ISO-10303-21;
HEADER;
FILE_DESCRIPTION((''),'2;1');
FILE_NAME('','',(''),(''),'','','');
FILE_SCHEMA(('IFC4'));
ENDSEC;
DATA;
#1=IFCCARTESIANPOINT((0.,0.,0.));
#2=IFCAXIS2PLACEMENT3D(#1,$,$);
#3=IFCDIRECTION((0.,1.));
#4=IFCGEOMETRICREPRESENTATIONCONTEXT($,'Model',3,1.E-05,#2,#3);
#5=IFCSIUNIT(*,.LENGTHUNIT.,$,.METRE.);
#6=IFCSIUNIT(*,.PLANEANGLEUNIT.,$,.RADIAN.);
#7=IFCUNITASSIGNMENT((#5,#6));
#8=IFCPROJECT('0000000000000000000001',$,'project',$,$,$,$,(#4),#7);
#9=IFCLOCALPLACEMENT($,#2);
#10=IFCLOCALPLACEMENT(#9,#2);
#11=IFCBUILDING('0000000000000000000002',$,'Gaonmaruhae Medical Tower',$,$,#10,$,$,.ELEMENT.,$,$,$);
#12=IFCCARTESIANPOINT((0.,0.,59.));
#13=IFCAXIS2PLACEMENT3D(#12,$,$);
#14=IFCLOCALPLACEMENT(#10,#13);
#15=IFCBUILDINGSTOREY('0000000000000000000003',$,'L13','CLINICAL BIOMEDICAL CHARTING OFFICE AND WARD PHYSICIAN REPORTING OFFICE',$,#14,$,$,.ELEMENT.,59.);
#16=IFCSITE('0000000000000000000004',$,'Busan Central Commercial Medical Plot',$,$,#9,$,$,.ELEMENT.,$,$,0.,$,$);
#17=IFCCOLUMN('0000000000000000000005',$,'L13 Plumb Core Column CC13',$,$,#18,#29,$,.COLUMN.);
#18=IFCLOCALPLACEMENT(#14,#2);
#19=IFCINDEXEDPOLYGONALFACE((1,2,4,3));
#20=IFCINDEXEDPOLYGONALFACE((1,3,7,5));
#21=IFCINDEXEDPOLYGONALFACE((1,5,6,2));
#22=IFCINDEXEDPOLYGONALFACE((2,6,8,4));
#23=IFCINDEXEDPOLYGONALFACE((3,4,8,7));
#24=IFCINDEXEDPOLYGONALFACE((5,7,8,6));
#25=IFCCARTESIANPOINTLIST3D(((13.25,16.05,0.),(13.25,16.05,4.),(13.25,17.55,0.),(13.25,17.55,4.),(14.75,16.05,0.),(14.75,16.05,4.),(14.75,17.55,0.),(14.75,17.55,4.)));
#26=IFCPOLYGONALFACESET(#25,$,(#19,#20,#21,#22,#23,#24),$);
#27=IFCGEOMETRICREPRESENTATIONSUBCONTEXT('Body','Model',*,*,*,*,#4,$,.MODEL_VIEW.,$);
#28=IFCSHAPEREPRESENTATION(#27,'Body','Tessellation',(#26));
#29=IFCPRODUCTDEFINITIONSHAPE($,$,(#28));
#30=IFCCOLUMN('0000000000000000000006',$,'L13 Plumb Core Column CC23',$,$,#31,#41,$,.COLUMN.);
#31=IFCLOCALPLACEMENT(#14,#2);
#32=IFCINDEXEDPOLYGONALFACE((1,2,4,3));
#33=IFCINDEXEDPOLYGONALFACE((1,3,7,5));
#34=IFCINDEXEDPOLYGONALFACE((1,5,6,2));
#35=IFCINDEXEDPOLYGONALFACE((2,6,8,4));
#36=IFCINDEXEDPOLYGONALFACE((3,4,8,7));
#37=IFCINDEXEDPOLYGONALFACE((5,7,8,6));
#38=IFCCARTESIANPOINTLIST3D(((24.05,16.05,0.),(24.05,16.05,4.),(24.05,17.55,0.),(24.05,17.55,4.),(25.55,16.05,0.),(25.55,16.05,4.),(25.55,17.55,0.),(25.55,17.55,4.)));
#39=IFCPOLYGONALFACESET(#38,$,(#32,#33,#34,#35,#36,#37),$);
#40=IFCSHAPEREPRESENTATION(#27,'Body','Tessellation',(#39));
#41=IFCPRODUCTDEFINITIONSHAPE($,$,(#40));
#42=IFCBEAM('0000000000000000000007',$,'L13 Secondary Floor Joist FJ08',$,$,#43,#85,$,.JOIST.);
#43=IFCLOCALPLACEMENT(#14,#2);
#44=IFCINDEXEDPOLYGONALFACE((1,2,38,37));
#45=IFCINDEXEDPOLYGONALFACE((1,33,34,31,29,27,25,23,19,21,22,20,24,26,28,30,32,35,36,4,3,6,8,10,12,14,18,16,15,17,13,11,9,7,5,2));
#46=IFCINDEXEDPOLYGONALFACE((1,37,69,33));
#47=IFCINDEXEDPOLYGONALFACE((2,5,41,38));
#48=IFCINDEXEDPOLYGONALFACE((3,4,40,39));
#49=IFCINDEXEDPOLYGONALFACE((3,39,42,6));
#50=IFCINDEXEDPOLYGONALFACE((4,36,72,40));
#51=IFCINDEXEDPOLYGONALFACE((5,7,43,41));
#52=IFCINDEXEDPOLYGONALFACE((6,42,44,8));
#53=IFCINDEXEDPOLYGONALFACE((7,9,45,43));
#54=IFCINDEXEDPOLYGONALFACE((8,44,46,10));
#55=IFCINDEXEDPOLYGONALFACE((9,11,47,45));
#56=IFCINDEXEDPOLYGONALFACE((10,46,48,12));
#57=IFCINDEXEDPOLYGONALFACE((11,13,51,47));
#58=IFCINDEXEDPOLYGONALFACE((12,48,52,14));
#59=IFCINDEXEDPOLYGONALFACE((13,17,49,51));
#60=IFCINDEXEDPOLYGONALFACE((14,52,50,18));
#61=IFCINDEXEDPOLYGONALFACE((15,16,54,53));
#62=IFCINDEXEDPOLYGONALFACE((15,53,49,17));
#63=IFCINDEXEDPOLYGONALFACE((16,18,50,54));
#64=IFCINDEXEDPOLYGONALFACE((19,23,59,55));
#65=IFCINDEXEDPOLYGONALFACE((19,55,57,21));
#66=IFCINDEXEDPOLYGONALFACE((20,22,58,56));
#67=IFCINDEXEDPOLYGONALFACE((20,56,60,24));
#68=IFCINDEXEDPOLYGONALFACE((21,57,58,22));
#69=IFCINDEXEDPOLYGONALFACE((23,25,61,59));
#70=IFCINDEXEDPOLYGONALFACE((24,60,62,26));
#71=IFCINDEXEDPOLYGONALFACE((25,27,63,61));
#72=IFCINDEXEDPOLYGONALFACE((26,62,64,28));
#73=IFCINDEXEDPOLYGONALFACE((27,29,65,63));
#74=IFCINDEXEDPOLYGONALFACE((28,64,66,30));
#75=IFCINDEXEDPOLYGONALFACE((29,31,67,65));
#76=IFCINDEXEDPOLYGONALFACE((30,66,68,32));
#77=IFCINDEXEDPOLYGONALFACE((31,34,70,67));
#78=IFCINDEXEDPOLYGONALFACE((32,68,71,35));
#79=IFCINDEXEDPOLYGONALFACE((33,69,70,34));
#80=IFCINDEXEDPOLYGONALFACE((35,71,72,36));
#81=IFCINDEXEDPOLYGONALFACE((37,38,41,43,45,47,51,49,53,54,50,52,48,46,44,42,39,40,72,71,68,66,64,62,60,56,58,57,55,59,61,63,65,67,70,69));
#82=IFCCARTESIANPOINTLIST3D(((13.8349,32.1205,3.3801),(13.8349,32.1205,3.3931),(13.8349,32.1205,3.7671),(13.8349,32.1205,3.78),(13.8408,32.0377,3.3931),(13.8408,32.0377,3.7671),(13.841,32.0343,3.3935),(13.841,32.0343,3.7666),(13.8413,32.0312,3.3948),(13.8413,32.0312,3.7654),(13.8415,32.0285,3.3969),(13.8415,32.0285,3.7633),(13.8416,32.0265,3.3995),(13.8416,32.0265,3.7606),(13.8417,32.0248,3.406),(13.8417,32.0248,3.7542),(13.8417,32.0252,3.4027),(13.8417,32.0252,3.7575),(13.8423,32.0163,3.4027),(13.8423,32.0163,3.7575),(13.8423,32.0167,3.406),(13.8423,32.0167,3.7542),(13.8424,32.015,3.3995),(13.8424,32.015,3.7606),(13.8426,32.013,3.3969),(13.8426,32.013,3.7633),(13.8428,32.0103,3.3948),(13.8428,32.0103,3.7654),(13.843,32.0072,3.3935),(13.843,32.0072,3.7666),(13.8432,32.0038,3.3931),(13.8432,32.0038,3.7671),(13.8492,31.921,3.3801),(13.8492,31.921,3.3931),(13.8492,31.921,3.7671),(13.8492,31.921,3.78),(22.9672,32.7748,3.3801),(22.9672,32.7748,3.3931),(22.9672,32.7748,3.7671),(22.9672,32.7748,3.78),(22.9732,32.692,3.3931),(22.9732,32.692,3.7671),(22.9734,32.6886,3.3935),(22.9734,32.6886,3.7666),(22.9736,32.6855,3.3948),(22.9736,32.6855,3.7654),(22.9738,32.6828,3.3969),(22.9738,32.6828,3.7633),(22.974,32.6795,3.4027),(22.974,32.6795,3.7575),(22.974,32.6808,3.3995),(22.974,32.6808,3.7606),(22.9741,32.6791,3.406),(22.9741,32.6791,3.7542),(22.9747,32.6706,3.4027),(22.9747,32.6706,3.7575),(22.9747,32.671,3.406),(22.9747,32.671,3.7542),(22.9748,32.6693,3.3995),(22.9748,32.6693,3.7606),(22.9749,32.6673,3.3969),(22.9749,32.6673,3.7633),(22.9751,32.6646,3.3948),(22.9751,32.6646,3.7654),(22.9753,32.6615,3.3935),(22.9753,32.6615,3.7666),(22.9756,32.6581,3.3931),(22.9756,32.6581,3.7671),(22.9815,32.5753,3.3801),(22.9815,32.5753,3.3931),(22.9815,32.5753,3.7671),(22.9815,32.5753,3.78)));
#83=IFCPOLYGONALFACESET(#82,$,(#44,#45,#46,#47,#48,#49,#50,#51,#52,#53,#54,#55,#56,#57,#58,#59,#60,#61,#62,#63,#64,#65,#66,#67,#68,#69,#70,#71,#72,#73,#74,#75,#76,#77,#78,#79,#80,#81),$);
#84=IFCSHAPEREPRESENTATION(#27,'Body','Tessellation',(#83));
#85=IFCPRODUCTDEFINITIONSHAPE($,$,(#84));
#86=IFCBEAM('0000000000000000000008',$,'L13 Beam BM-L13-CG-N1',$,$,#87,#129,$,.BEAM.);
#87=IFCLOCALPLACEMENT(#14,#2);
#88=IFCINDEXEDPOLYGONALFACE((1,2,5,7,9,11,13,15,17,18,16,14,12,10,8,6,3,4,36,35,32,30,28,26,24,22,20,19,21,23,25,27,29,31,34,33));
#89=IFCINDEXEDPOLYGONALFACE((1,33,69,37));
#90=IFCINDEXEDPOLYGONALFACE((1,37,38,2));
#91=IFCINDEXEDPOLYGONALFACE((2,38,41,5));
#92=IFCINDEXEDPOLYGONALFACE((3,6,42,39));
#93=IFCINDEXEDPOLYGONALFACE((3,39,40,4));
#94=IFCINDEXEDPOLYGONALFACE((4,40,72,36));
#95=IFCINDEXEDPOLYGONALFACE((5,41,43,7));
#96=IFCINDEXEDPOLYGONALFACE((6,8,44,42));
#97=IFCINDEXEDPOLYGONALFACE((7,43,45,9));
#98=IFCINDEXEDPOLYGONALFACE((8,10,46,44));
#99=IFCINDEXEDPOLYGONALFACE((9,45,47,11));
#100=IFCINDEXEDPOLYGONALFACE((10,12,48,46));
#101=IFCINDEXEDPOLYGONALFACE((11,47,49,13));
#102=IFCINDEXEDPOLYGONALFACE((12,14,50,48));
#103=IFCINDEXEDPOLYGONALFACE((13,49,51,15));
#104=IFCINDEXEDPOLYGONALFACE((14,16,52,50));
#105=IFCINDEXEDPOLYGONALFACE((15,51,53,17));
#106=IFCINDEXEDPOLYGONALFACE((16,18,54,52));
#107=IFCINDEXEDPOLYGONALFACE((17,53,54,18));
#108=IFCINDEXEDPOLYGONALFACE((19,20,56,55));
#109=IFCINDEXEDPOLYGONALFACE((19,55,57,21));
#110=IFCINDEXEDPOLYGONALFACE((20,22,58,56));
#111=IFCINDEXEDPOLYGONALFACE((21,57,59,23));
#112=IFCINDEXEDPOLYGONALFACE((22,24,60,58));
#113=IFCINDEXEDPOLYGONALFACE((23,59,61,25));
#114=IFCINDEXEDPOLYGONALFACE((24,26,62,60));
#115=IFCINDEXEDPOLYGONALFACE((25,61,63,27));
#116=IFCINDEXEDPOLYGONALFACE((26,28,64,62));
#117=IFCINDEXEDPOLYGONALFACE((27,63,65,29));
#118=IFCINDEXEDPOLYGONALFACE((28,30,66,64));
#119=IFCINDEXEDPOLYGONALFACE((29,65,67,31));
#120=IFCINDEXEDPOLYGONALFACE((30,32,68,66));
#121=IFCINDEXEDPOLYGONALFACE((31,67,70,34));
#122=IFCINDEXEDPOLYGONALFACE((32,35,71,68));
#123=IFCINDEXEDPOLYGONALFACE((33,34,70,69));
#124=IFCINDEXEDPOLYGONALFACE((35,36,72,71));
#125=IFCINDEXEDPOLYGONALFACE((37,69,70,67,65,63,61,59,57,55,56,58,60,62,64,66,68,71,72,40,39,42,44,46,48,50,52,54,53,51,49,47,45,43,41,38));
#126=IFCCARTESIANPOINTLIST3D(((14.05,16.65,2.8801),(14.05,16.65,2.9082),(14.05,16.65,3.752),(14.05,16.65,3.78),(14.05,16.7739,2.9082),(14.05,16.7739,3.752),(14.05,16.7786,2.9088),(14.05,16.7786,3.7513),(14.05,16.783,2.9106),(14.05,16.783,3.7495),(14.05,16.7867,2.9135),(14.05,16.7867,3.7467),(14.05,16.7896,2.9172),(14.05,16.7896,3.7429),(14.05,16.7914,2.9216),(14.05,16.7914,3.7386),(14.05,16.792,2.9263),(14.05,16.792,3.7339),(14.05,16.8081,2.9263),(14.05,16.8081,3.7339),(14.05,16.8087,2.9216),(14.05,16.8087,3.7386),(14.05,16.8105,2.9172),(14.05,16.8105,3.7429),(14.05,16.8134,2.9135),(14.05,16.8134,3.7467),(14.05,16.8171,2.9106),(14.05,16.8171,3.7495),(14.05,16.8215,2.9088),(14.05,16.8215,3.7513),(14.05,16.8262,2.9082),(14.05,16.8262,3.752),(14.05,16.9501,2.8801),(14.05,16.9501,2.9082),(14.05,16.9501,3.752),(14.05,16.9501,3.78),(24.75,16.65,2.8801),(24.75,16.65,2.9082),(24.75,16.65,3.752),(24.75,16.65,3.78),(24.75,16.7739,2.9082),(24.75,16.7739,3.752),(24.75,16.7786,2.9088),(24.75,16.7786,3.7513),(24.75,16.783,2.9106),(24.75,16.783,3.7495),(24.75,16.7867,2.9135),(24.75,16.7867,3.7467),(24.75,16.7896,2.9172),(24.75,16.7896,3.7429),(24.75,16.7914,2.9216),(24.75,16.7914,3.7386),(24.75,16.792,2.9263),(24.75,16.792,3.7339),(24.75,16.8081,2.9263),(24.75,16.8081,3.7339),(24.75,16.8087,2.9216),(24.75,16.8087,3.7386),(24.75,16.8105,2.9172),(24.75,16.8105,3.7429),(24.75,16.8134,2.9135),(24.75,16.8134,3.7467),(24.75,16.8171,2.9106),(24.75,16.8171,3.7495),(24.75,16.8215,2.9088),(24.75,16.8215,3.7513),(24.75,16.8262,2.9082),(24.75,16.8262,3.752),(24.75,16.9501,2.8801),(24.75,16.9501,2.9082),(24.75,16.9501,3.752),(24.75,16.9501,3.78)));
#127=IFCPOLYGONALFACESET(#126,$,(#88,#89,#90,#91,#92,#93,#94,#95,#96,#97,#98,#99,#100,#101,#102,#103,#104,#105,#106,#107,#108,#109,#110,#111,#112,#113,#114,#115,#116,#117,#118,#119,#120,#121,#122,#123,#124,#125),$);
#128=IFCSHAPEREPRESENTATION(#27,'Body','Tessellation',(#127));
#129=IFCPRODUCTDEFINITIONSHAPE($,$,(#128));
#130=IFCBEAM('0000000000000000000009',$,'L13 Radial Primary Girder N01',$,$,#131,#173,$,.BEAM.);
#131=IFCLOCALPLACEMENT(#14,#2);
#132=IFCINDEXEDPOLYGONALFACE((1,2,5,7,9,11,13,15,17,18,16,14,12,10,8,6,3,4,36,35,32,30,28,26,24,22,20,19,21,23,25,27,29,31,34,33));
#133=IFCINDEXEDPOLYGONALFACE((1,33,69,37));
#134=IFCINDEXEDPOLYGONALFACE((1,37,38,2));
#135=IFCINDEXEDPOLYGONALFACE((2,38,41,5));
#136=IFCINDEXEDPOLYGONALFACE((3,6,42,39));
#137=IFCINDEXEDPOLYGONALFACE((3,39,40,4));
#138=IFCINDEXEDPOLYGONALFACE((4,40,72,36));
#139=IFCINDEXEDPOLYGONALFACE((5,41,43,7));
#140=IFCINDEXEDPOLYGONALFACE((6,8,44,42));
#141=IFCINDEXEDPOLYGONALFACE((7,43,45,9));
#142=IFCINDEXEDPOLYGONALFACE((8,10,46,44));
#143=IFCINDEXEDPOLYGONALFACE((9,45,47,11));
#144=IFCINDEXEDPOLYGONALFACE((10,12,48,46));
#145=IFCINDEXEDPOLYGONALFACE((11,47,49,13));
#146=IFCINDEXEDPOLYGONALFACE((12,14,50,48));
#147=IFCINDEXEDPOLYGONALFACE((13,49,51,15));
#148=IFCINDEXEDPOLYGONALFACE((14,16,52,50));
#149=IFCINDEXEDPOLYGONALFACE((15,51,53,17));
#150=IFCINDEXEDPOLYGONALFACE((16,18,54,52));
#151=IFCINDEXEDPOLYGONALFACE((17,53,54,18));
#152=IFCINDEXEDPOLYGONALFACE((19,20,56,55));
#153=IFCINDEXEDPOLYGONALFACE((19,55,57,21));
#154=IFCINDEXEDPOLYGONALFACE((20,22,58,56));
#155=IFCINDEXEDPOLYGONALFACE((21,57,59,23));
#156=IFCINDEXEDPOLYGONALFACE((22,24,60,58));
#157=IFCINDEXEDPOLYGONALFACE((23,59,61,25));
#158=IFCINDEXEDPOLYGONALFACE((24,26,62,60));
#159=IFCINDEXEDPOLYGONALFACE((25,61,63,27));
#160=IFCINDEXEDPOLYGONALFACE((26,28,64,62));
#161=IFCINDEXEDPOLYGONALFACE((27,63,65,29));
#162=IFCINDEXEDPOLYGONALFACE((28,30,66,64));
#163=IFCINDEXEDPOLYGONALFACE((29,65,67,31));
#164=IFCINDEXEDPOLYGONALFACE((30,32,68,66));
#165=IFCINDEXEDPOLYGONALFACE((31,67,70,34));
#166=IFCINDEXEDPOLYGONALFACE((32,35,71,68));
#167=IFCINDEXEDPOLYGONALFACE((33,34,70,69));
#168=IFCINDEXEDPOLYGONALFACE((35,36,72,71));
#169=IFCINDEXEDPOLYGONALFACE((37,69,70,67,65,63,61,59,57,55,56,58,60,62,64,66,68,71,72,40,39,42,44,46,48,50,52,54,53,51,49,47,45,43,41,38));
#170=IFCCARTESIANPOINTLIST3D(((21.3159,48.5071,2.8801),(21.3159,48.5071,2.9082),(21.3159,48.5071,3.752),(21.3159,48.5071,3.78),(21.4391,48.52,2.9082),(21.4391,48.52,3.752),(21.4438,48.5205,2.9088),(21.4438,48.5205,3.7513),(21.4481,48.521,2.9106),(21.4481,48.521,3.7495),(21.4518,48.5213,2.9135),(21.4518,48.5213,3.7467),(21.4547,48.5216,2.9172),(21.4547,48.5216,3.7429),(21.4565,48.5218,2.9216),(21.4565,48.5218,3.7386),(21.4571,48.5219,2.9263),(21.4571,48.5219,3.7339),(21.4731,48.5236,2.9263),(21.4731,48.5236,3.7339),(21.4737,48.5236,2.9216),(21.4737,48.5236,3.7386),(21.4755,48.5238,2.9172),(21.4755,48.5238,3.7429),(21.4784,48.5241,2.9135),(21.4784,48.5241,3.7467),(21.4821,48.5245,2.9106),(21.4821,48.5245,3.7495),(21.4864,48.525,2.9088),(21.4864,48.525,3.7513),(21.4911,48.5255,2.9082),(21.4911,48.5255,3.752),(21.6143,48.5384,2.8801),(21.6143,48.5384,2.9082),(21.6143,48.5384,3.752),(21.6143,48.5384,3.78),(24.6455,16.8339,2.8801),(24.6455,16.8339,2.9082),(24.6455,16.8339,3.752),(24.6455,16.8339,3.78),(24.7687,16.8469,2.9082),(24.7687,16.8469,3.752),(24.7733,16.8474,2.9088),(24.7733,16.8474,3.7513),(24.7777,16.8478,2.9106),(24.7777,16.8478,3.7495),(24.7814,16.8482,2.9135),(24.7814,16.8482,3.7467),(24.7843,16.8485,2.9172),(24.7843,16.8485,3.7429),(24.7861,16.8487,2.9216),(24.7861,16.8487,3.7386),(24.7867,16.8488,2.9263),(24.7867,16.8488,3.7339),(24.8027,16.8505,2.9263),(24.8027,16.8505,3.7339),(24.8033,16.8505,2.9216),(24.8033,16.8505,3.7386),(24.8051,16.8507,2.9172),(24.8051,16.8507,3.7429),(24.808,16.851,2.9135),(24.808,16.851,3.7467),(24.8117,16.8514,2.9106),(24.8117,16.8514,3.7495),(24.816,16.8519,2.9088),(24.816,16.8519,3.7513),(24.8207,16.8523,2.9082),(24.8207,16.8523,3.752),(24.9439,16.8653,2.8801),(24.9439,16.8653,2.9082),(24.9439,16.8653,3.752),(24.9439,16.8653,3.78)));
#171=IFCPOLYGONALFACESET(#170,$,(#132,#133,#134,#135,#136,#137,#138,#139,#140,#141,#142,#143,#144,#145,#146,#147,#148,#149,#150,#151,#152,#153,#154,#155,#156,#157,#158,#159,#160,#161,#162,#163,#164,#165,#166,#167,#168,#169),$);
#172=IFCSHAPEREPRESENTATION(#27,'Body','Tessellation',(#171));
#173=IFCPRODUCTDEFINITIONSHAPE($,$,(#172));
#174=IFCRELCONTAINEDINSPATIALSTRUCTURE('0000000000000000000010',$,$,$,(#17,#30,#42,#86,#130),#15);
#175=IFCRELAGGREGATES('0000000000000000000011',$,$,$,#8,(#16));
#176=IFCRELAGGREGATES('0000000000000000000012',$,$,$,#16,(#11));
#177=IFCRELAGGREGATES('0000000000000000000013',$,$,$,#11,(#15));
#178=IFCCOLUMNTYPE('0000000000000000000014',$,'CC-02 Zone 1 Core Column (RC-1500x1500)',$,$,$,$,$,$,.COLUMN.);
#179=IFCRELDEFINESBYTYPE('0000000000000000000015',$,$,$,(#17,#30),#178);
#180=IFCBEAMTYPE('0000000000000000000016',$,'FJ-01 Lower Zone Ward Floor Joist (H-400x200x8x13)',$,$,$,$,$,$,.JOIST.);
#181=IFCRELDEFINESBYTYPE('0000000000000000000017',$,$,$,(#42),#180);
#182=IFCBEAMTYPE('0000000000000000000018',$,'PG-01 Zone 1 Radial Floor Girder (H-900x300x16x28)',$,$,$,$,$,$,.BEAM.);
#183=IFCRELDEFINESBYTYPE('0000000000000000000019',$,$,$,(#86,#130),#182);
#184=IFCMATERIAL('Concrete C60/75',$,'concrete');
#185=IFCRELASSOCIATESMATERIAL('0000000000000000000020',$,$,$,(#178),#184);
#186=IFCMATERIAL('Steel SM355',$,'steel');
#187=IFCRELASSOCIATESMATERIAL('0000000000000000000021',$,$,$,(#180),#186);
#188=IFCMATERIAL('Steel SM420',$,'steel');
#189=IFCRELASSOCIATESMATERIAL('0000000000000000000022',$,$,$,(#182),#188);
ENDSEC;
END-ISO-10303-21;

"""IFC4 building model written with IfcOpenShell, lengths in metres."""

from ifc_helpers import new_model, si_unit, direction, frame, origin, origin_2d, place, context, subcontext, project, spatial, rectangle, i_section, extrude, material, material_profile, profile_set, type_object, element, save


model = new_model("IFC4")

# Units and contexts
model_context = context("Model", 3, precision=1e-05, world=origin(), true_north=direction((0.0, 1.0)))
body_context = subcontext(model_context, "Body", "Model", "MODEL_VIEW")
ifc_project = project(units=[si_unit("LENGTHUNIT", "METRE"), si_unit("PLANEANGLEUNIT", "RADIAN")], contexts=[model_context])

# Site, building, storey
site_placement = place(None, origin())
site = spatial("IfcSite", under=ifc_project, at=site_placement, Name="Busan Central Commercial Medical Plot", CompositionType="ELEMENT", RefElevation=0.0)
building_placement = place(site_placement, origin())
building = spatial("IfcBuilding", under=site, at=building_placement, Name="Gaonmaruhae Medical Tower", CompositionType="ELEMENT")
storey_placement = place(building_placement, frame((0.0, 0.0, 59.0)))
storey = spatial("IfcBuildingStorey", under=building, at=storey_placement, Name="L13", Description="CLINICAL BIOMEDICAL CHARTING OFFICE AND WARD PHYSICIAN REPORTING OFFICE", CompositionType="ELEMENT", Elevation=59.0)

# Columns
ifc_material_1 = material(Name="Concrete C60/75", Category="concrete")
ifc_material_profile_1 = material_profile(ifc_material_1, rectangle(XDim=1.5, YDim=1.5, at=origin_2d()), Name="RC-1500x1500")
ifc_profile_set_1 = profile_set([ifc_material_profile_1], Name="Concrete C60/75")
column_type = type_object("IfcColumnType", Name="CC-02 Zone 1 Core Column (RC-1500x1500)", PredefinedType="COLUMN", material=ifc_profile_set_1)
for number, where, z_axis, x_axis, name in (
    (1, (14.0, 16.8, 0.0), (0.0, 0.0, 1.0), (1.0, 0.0, 0.0), "L13 Plumb Core Column CC13"),
    (2, (24.8, 16.8, 0.0), (0.0, 0.0, 1.0), (1.0, 0.0, 0.0), "L13 Plumb Core Column CC23"),
):
    element("IfcColumn", number, at=place(storey_placement, frame(where, z_axis=z_axis, x_axis=x_axis)), inside=storey, type_object=column_type, Name=name, PredefinedType="COLUMN", context=body_context, shape_type="SweptSolid", body=[
        extrude(rectangle(XDim=1.5, YDim=1.5, at=origin_2d()), origin(), (0.0, 0.0, 1.0), 4.0),
    ])

# Beams
ifc_material_2 = material(Name="Steel SM355", Category="steel")
ifc_material_profile_2 = material_profile(ifc_material_2, i_section(OverallWidth=0.2, OverallDepth=0.3999, WebThickness=0.0081, FlangeThickness=0.0129, FilletRadius=0.0129, at=origin_2d()), Name="H-400x200x8x13")
ifc_profile_set_2 = profile_set([ifc_material_profile_2], Name="Steel SM355")
beam_type_1 = type_object("IfcBeamType", Name="FJ-01 Lower Zone Ward Floor Joist (H-400x200x8x13)", PredefinedType="JOIST", material=ifc_profile_set_2)
beam_1_placement = place(storey_placement, frame((22.9744, 32.675, 3.5801), z_axis=(-0.997443, -0.071463, 0.0), x_axis=(0.071463, -0.997443, 0.0)))
element("IfcBeam", 3, at=beam_1_placement, inside=storey, type_object=beam_type_1, Name="L13 Secondary Floor Joist FJ08", PredefinedType="JOIST", context=body_context, shape_type="SweptSolid", body=[
    extrude(i_section(OverallWidth=0.2, OverallDepth=0.3999, WebThickness=0.0081, FlangeThickness=0.0129, FilletRadius=0.0129, at=origin_2d()), origin(), (0.0, 0.0, 1.0), 9.1558),
])
ifc_material_3 = material(Name="Steel SM420", Category="steel")
ifc_material_profile_3 = material_profile(ifc_material_3, i_section(OverallWidth=0.3, OverallDepth=0.8999, WebThickness=0.0161, FlangeThickness=0.0281, FilletRadius=0.0181, at=origin_2d()), Name="H-900x300x16x28")
ifc_profile_set_3 = profile_set([ifc_material_profile_3], Name="Steel SM420")
beam_type_2 = type_object("IfcBeamType", Name="PG-01 Zone 1 Radial Floor Girder (H-900x300x16x28)", PredefinedType="BEAM", material=ifc_profile_set_3)
beam_2_placement = place(storey_placement, frame((14.05, 16.8, 3.3301), z_axis=(1.0, 0.0, 0.0), x_axis=(0.0, 1.0, 0.0)))
element("IfcBeam", 4, at=beam_2_placement, inside=storey, type_object=beam_type_2, Name="L13 Beam BM-L13-CG-N1", PredefinedType="BEAM", context=body_context, shape_type="SweptSolid", body=[
    extrude(i_section(OverallWidth=0.3, OverallDepth=0.8999, WebThickness=0.0161, FlangeThickness=0.0281, FilletRadius=0.0181, at=origin_2d()), origin(), (0.0, 0.0, 1.0), 10.7),
])
beam_3_placement = place(storey_placement, frame((24.7947, 16.8496, 3.3301), z_axis=(-0.104548, 0.99452, 0.0), x_axis=(-0.99452, -0.104548, 0.0)))
element("IfcBeam", 5, at=beam_3_placement, inside=storey, type_object=beam_type_2, Name="L13 Radial Primary Girder N01", PredefinedType="BEAM", context=body_context, shape_type="SweptSolid", body=[
    extrude(i_section(OverallWidth=0.3, OverallDepth=0.8999, WebThickness=0.0161, FlangeThickness=0.0281, FilletRadius=0.0181, at=origin_2d()), origin(), (0.0, 0.0, 1.0), 31.8477),
])

save(model, "model.ifc")
